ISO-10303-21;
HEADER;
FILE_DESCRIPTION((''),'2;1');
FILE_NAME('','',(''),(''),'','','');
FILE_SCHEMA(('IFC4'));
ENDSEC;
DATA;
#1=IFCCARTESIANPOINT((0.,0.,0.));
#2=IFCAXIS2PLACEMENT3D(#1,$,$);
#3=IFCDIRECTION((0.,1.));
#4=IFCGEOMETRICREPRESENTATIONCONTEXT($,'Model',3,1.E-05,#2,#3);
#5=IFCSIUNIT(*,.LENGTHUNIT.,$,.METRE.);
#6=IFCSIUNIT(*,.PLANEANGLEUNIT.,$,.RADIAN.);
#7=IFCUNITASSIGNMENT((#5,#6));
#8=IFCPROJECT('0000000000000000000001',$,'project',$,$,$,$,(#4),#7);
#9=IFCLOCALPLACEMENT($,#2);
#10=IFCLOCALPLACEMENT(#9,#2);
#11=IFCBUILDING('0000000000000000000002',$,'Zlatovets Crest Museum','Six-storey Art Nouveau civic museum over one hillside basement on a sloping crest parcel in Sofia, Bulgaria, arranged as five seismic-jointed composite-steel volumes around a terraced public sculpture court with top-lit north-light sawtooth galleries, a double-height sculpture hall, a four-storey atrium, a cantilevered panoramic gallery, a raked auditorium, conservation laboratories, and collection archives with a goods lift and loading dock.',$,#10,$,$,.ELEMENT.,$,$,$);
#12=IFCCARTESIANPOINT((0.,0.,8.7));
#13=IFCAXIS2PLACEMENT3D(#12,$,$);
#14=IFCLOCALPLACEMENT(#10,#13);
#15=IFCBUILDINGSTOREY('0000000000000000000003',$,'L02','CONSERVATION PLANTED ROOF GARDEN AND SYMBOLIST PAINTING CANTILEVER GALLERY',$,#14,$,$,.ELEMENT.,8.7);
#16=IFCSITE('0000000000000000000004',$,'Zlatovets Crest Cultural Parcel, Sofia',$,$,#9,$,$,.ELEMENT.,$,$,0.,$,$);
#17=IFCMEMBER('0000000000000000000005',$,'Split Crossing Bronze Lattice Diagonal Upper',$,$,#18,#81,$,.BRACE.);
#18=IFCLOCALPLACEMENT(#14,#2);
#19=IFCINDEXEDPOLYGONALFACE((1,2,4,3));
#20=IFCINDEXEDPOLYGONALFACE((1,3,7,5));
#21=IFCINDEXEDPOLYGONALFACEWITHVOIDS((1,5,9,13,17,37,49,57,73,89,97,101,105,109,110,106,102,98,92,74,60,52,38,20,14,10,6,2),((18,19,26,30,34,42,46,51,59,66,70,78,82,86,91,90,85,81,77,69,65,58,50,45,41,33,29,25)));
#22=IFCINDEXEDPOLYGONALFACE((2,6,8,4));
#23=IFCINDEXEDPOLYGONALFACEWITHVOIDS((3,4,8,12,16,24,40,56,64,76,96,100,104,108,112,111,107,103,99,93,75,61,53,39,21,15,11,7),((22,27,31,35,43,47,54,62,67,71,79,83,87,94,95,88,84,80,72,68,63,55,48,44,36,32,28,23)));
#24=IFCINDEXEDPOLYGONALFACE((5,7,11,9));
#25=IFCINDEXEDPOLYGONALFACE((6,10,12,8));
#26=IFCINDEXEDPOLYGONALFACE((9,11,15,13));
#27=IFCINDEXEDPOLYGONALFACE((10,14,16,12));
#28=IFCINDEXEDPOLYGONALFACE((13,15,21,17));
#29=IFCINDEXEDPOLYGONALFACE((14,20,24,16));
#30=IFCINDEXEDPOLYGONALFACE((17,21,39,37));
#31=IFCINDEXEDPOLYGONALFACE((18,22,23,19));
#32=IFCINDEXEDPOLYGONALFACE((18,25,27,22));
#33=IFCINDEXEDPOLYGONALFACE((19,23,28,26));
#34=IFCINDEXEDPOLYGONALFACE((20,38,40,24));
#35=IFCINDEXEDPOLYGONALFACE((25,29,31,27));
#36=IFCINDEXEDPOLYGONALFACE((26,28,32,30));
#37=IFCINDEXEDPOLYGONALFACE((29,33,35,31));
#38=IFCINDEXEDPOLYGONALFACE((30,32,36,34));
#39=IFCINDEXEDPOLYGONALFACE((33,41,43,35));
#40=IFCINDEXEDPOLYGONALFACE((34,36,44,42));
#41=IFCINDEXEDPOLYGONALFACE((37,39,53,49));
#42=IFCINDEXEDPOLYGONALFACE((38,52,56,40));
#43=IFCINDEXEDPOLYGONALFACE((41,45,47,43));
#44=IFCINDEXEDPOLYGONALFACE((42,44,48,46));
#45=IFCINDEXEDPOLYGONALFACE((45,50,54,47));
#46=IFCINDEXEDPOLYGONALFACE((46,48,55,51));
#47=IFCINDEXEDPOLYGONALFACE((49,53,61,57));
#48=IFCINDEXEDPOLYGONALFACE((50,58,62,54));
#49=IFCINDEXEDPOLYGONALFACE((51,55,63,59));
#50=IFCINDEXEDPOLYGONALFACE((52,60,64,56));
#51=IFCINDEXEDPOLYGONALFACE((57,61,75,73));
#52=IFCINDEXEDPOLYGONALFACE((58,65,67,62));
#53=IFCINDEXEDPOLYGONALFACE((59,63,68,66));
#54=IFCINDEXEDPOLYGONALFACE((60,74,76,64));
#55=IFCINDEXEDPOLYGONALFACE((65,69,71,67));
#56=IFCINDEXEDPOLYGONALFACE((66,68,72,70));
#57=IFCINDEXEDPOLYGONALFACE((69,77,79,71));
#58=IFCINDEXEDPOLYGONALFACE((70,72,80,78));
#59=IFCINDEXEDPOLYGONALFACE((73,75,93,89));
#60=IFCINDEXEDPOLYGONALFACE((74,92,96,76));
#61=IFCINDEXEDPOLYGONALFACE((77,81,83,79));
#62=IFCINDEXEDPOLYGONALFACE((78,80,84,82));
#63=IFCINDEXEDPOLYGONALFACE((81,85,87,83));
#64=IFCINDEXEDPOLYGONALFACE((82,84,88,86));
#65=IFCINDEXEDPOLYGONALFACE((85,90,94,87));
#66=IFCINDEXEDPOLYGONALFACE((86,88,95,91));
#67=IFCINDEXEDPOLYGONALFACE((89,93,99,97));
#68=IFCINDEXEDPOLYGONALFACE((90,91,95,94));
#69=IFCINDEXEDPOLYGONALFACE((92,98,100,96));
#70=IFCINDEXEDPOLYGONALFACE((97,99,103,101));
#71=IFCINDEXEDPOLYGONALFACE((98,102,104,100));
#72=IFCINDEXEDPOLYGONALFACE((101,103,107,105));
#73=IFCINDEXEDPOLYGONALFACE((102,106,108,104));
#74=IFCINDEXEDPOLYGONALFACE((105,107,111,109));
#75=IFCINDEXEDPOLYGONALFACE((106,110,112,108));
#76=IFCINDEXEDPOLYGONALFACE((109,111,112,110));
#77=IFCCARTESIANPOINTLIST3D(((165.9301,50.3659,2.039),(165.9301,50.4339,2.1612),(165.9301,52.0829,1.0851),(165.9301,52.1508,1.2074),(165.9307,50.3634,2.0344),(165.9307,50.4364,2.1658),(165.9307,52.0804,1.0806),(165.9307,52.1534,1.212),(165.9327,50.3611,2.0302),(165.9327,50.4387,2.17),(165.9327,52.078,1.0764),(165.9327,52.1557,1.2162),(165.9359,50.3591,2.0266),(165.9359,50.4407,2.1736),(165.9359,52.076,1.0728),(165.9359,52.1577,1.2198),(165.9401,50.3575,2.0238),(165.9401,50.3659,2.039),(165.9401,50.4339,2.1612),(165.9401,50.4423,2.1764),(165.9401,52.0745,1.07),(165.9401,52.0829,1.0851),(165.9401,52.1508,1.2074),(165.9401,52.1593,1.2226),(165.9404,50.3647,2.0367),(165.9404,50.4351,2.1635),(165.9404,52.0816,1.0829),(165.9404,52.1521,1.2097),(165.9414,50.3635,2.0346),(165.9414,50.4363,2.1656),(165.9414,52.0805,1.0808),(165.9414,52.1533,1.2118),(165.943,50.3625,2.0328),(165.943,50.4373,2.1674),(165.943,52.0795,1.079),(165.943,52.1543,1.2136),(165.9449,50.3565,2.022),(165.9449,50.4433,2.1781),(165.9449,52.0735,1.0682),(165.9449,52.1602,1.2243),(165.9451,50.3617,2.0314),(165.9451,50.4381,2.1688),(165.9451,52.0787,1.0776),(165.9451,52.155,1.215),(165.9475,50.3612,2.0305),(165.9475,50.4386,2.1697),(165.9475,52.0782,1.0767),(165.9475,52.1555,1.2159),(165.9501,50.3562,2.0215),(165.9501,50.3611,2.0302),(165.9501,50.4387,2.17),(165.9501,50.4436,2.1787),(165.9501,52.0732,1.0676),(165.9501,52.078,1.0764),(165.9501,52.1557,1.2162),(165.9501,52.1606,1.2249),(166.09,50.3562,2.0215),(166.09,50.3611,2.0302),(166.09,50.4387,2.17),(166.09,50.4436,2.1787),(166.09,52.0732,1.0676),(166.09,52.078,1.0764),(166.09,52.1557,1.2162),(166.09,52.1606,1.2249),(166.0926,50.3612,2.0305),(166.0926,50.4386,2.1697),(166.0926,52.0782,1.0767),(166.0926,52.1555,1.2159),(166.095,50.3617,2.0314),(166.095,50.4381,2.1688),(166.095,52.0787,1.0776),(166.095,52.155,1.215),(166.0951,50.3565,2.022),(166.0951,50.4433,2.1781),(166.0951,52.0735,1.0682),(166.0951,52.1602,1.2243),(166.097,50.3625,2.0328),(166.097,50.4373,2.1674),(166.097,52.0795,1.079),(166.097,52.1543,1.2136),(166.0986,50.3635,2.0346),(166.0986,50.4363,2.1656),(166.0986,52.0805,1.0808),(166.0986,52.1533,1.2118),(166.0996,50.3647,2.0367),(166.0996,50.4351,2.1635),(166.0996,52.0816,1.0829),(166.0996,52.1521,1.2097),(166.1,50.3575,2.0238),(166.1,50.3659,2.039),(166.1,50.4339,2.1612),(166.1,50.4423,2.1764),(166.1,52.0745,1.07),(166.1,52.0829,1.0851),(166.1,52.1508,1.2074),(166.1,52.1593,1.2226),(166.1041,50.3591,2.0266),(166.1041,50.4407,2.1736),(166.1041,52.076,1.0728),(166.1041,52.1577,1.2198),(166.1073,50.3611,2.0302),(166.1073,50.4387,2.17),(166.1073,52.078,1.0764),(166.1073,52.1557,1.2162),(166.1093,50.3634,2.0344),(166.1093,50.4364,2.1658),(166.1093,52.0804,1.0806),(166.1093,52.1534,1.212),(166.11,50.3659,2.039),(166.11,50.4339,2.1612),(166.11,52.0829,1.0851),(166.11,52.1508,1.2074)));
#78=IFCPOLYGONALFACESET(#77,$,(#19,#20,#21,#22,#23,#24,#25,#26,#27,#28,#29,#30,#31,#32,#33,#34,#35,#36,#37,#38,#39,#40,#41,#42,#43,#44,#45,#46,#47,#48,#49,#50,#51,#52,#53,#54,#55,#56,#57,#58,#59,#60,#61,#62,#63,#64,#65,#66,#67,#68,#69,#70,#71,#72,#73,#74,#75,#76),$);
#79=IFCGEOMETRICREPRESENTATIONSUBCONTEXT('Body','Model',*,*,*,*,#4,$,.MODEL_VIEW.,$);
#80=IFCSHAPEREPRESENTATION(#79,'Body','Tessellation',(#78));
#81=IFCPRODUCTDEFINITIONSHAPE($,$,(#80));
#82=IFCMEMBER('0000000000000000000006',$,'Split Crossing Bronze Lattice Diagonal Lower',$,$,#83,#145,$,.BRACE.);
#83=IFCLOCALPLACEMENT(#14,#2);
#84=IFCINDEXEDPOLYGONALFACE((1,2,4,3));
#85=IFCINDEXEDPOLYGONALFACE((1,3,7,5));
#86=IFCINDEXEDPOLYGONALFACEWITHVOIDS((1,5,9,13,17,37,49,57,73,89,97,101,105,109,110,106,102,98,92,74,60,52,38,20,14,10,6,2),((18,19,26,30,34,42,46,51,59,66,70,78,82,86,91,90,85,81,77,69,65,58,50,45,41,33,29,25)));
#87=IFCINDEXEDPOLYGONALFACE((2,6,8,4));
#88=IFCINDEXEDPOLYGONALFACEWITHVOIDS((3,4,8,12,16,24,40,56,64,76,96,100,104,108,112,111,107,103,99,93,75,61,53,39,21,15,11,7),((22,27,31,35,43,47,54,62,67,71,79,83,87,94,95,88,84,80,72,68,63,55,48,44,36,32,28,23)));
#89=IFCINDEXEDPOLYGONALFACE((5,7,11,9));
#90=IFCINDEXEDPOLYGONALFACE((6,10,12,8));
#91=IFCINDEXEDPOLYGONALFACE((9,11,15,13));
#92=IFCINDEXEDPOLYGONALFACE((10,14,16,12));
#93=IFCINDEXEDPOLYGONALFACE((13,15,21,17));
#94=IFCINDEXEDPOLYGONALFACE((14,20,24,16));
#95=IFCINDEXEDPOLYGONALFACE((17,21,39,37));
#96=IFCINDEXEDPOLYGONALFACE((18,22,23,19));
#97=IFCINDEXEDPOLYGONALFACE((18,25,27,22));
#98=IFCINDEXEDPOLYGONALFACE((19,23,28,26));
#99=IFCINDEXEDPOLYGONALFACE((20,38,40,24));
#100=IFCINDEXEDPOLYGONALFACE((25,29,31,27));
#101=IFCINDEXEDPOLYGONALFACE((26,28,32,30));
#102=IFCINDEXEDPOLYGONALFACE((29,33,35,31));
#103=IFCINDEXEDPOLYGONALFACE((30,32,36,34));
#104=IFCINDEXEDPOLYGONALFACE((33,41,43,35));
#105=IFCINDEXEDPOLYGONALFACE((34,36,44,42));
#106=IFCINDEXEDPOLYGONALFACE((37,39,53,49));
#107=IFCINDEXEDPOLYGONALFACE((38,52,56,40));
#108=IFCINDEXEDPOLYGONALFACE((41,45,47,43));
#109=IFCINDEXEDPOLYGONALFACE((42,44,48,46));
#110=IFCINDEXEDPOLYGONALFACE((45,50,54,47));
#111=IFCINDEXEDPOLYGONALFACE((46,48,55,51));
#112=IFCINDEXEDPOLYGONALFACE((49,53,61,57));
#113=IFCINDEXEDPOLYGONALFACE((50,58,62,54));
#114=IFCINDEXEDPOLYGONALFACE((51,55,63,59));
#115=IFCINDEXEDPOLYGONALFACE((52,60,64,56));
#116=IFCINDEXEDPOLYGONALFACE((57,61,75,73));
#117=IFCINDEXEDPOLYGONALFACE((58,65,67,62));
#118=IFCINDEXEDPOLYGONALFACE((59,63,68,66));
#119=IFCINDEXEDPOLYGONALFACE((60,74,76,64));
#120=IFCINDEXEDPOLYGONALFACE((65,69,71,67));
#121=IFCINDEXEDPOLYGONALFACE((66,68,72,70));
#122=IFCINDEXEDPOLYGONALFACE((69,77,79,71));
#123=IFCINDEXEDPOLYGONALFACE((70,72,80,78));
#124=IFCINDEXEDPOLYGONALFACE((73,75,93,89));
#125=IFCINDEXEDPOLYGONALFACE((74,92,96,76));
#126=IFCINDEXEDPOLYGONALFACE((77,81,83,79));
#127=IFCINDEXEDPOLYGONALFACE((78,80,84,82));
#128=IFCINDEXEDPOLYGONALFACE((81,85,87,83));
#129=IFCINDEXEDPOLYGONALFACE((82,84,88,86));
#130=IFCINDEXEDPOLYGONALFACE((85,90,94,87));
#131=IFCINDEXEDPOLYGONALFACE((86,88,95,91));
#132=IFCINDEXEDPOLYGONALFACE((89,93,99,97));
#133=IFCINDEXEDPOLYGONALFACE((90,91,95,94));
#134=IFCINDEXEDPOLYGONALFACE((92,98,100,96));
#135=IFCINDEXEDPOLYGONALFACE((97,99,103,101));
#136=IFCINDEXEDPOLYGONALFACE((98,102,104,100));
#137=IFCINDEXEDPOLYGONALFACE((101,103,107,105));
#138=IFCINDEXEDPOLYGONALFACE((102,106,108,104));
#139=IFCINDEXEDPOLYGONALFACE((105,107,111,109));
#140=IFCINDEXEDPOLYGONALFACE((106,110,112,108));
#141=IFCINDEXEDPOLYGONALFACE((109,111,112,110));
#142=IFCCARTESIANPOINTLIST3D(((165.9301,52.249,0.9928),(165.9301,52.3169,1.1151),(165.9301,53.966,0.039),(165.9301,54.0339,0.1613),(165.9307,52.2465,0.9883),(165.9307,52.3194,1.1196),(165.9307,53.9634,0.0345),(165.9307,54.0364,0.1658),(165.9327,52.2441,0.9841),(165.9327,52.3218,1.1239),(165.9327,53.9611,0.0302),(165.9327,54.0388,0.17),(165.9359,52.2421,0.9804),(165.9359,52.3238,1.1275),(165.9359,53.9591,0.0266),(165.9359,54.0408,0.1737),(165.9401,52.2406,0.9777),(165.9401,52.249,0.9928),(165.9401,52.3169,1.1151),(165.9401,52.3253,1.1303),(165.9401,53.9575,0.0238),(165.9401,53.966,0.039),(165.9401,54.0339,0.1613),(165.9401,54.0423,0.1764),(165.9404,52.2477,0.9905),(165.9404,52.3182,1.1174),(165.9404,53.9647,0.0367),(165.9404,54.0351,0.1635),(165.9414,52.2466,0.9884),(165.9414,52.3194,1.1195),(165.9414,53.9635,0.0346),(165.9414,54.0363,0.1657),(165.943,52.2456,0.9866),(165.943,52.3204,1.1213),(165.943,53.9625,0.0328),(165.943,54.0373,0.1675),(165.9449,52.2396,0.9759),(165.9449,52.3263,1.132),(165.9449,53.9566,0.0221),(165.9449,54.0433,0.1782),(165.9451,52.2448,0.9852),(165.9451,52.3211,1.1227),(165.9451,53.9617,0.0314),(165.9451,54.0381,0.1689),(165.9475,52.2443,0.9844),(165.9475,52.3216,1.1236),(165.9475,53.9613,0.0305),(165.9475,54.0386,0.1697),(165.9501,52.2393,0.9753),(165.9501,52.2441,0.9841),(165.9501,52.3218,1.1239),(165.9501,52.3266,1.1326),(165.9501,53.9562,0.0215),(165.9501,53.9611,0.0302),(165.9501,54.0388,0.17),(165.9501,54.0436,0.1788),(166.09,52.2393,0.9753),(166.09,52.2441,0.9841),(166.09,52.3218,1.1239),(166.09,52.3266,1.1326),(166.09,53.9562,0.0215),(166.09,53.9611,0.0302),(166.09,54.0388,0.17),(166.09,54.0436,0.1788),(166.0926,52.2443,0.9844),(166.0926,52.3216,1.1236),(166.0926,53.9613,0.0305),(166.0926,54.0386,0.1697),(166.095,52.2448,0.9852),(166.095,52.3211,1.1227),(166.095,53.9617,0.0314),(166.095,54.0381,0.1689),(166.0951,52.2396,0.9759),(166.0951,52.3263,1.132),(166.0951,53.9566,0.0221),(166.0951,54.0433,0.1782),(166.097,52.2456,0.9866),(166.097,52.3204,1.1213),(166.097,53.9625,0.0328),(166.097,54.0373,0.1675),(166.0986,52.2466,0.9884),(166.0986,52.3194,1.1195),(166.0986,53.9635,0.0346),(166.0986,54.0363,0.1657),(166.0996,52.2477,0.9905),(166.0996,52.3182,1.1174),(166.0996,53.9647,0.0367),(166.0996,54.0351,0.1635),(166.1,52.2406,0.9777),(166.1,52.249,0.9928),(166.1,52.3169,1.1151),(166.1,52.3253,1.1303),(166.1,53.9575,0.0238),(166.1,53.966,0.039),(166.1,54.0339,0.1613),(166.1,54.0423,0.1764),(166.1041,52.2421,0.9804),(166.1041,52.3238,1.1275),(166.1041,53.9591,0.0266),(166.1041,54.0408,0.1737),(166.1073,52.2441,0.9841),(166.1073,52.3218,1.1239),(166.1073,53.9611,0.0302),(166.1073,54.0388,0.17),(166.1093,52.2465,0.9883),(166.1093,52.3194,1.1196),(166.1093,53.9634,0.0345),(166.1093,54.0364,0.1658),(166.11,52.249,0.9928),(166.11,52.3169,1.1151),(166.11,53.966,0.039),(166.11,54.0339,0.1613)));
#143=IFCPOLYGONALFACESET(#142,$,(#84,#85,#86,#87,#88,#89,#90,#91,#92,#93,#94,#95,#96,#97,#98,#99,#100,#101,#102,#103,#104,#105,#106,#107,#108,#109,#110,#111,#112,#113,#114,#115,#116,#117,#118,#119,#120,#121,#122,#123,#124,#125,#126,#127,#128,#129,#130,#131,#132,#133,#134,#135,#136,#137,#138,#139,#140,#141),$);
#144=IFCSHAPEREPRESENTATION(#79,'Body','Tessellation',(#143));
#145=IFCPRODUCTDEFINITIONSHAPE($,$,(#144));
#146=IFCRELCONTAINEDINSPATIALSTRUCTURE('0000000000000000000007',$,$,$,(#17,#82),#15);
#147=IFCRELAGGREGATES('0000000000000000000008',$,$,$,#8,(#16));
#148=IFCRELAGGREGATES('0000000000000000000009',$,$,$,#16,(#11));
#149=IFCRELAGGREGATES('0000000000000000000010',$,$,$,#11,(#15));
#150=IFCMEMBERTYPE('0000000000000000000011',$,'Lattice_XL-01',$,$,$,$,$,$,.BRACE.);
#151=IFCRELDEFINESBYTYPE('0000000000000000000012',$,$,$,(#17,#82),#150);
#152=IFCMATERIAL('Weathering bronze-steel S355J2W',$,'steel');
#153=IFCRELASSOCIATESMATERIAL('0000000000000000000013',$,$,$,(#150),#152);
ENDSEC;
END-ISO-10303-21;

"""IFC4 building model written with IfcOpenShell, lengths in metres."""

from ifc_helpers import new_model, si_unit, direction, frame, origin, origin_2d, place, context, subcontext, project, spatial, hollow_rectangle, extrude, material, material_profile, profile_set, type_object, element, save


model = new_model("IFC4")

# Units and contexts
model_context = context("Model", 3, precision=1e-05, world=origin(), true_north=direction((0.0, 1.0)))
body_context = subcontext(model_context, "Body", "Model", "MODEL_VIEW")
ifc_project = project(units=[si_unit("LENGTHUNIT", "METRE"), si_unit("PLANEANGLEUNIT", "RADIAN")], contexts=[model_context])

# Site, building, storey
site_placement = place(None, origin())
site = spatial("IfcSite", under=ifc_project, at=site_placement, Name="Zlatovets Crest Cultural Parcel, Sofia", CompositionType="ELEMENT", RefElevation=0.0)
building_placement = place(site_placement, origin())
building = spatial("IfcBuilding", under=site, at=building_placement, Name="Zlatovets Crest Museum", Description="Six-storey Art Nouveau civic museum over one hillside basement on a sloping crest parcel in Sofia, Bulgaria, arranged as five seismic-jointed composite-steel volumes around a terraced public sculpture court with top-lit north-light sawtooth galleries, a double-height sculpture hall, a four-storey atrium, a cantilevered panoramic gallery, a raked auditorium, conservation laboratories, and collection archives with a goods lift and loading dock.", CompositionType="ELEMENT")
storey_placement = place(building_placement, frame((0.0, 0.0, 8.7)))
storey = spatial("IfcBuildingStorey", under=building, at=storey_placement, Name="L02", Description="CONSERVATION PLANTED ROOF GARDEN AND SYMBOLIST PAINTING CANTILEVER GALLERY", CompositionType="ELEMENT", Elevation=8.7)

# Members
ifc_material_1 = material(Name="Weathering bronze-steel S355J2W", Category="steel")
ifc_material_profile_1 = material_profile(ifc_material_1, hollow_rectangle(XDim=0.1799, YDim=0.1799, WallThickness=0.01, InnerFilletRadius=0.01, OuterFilletRadius=0.02, at=origin_2d()), Name="SHS 180x180x10.0")
ifc_profile_set_1 = profile_set([ifc_material_profile_1], Name="Weathering bronze-steel S355J2W")
member_type_1 = type_object("IfcMemberType", Name="Lattice_XL-01", PredefinedType="BRACE", material=ifc_profile_set_1)
for number, where, z_axis, x_axis, name in (
    (1, (166.02, 50.3999, 2.1001), (0.0, 0.874169, -0.485622), (-1.0, 0.0, 0.0), "Split Crossing Bronze Lattice Diagonal Upper"),
    (2, (166.02, 52.283, 1.054), (0.0, 0.874169, -0.485622), (-1.0, 0.0, 0.0), "Split Crossing Bronze Lattice Diagonal Lower"),
):
    element("IfcMember", number, at=place(storey_placement, frame(where, z_axis=z_axis, x_axis=x_axis)), inside=storey, type_object=member_type_1, Name=name, PredefinedType="BRACE", context=body_context, shape_type="SweptSolid", body=[
        extrude(hollow_rectangle(XDim=0.1799, YDim=0.1799, WallThickness=0.01, InnerFilletRadius=0.01, OuterFilletRadius=0.02, at=origin_2d()), origin(), (0.0, 0.0, 1.0), 1.9641),
    ])

save(model, "model.ifc")
